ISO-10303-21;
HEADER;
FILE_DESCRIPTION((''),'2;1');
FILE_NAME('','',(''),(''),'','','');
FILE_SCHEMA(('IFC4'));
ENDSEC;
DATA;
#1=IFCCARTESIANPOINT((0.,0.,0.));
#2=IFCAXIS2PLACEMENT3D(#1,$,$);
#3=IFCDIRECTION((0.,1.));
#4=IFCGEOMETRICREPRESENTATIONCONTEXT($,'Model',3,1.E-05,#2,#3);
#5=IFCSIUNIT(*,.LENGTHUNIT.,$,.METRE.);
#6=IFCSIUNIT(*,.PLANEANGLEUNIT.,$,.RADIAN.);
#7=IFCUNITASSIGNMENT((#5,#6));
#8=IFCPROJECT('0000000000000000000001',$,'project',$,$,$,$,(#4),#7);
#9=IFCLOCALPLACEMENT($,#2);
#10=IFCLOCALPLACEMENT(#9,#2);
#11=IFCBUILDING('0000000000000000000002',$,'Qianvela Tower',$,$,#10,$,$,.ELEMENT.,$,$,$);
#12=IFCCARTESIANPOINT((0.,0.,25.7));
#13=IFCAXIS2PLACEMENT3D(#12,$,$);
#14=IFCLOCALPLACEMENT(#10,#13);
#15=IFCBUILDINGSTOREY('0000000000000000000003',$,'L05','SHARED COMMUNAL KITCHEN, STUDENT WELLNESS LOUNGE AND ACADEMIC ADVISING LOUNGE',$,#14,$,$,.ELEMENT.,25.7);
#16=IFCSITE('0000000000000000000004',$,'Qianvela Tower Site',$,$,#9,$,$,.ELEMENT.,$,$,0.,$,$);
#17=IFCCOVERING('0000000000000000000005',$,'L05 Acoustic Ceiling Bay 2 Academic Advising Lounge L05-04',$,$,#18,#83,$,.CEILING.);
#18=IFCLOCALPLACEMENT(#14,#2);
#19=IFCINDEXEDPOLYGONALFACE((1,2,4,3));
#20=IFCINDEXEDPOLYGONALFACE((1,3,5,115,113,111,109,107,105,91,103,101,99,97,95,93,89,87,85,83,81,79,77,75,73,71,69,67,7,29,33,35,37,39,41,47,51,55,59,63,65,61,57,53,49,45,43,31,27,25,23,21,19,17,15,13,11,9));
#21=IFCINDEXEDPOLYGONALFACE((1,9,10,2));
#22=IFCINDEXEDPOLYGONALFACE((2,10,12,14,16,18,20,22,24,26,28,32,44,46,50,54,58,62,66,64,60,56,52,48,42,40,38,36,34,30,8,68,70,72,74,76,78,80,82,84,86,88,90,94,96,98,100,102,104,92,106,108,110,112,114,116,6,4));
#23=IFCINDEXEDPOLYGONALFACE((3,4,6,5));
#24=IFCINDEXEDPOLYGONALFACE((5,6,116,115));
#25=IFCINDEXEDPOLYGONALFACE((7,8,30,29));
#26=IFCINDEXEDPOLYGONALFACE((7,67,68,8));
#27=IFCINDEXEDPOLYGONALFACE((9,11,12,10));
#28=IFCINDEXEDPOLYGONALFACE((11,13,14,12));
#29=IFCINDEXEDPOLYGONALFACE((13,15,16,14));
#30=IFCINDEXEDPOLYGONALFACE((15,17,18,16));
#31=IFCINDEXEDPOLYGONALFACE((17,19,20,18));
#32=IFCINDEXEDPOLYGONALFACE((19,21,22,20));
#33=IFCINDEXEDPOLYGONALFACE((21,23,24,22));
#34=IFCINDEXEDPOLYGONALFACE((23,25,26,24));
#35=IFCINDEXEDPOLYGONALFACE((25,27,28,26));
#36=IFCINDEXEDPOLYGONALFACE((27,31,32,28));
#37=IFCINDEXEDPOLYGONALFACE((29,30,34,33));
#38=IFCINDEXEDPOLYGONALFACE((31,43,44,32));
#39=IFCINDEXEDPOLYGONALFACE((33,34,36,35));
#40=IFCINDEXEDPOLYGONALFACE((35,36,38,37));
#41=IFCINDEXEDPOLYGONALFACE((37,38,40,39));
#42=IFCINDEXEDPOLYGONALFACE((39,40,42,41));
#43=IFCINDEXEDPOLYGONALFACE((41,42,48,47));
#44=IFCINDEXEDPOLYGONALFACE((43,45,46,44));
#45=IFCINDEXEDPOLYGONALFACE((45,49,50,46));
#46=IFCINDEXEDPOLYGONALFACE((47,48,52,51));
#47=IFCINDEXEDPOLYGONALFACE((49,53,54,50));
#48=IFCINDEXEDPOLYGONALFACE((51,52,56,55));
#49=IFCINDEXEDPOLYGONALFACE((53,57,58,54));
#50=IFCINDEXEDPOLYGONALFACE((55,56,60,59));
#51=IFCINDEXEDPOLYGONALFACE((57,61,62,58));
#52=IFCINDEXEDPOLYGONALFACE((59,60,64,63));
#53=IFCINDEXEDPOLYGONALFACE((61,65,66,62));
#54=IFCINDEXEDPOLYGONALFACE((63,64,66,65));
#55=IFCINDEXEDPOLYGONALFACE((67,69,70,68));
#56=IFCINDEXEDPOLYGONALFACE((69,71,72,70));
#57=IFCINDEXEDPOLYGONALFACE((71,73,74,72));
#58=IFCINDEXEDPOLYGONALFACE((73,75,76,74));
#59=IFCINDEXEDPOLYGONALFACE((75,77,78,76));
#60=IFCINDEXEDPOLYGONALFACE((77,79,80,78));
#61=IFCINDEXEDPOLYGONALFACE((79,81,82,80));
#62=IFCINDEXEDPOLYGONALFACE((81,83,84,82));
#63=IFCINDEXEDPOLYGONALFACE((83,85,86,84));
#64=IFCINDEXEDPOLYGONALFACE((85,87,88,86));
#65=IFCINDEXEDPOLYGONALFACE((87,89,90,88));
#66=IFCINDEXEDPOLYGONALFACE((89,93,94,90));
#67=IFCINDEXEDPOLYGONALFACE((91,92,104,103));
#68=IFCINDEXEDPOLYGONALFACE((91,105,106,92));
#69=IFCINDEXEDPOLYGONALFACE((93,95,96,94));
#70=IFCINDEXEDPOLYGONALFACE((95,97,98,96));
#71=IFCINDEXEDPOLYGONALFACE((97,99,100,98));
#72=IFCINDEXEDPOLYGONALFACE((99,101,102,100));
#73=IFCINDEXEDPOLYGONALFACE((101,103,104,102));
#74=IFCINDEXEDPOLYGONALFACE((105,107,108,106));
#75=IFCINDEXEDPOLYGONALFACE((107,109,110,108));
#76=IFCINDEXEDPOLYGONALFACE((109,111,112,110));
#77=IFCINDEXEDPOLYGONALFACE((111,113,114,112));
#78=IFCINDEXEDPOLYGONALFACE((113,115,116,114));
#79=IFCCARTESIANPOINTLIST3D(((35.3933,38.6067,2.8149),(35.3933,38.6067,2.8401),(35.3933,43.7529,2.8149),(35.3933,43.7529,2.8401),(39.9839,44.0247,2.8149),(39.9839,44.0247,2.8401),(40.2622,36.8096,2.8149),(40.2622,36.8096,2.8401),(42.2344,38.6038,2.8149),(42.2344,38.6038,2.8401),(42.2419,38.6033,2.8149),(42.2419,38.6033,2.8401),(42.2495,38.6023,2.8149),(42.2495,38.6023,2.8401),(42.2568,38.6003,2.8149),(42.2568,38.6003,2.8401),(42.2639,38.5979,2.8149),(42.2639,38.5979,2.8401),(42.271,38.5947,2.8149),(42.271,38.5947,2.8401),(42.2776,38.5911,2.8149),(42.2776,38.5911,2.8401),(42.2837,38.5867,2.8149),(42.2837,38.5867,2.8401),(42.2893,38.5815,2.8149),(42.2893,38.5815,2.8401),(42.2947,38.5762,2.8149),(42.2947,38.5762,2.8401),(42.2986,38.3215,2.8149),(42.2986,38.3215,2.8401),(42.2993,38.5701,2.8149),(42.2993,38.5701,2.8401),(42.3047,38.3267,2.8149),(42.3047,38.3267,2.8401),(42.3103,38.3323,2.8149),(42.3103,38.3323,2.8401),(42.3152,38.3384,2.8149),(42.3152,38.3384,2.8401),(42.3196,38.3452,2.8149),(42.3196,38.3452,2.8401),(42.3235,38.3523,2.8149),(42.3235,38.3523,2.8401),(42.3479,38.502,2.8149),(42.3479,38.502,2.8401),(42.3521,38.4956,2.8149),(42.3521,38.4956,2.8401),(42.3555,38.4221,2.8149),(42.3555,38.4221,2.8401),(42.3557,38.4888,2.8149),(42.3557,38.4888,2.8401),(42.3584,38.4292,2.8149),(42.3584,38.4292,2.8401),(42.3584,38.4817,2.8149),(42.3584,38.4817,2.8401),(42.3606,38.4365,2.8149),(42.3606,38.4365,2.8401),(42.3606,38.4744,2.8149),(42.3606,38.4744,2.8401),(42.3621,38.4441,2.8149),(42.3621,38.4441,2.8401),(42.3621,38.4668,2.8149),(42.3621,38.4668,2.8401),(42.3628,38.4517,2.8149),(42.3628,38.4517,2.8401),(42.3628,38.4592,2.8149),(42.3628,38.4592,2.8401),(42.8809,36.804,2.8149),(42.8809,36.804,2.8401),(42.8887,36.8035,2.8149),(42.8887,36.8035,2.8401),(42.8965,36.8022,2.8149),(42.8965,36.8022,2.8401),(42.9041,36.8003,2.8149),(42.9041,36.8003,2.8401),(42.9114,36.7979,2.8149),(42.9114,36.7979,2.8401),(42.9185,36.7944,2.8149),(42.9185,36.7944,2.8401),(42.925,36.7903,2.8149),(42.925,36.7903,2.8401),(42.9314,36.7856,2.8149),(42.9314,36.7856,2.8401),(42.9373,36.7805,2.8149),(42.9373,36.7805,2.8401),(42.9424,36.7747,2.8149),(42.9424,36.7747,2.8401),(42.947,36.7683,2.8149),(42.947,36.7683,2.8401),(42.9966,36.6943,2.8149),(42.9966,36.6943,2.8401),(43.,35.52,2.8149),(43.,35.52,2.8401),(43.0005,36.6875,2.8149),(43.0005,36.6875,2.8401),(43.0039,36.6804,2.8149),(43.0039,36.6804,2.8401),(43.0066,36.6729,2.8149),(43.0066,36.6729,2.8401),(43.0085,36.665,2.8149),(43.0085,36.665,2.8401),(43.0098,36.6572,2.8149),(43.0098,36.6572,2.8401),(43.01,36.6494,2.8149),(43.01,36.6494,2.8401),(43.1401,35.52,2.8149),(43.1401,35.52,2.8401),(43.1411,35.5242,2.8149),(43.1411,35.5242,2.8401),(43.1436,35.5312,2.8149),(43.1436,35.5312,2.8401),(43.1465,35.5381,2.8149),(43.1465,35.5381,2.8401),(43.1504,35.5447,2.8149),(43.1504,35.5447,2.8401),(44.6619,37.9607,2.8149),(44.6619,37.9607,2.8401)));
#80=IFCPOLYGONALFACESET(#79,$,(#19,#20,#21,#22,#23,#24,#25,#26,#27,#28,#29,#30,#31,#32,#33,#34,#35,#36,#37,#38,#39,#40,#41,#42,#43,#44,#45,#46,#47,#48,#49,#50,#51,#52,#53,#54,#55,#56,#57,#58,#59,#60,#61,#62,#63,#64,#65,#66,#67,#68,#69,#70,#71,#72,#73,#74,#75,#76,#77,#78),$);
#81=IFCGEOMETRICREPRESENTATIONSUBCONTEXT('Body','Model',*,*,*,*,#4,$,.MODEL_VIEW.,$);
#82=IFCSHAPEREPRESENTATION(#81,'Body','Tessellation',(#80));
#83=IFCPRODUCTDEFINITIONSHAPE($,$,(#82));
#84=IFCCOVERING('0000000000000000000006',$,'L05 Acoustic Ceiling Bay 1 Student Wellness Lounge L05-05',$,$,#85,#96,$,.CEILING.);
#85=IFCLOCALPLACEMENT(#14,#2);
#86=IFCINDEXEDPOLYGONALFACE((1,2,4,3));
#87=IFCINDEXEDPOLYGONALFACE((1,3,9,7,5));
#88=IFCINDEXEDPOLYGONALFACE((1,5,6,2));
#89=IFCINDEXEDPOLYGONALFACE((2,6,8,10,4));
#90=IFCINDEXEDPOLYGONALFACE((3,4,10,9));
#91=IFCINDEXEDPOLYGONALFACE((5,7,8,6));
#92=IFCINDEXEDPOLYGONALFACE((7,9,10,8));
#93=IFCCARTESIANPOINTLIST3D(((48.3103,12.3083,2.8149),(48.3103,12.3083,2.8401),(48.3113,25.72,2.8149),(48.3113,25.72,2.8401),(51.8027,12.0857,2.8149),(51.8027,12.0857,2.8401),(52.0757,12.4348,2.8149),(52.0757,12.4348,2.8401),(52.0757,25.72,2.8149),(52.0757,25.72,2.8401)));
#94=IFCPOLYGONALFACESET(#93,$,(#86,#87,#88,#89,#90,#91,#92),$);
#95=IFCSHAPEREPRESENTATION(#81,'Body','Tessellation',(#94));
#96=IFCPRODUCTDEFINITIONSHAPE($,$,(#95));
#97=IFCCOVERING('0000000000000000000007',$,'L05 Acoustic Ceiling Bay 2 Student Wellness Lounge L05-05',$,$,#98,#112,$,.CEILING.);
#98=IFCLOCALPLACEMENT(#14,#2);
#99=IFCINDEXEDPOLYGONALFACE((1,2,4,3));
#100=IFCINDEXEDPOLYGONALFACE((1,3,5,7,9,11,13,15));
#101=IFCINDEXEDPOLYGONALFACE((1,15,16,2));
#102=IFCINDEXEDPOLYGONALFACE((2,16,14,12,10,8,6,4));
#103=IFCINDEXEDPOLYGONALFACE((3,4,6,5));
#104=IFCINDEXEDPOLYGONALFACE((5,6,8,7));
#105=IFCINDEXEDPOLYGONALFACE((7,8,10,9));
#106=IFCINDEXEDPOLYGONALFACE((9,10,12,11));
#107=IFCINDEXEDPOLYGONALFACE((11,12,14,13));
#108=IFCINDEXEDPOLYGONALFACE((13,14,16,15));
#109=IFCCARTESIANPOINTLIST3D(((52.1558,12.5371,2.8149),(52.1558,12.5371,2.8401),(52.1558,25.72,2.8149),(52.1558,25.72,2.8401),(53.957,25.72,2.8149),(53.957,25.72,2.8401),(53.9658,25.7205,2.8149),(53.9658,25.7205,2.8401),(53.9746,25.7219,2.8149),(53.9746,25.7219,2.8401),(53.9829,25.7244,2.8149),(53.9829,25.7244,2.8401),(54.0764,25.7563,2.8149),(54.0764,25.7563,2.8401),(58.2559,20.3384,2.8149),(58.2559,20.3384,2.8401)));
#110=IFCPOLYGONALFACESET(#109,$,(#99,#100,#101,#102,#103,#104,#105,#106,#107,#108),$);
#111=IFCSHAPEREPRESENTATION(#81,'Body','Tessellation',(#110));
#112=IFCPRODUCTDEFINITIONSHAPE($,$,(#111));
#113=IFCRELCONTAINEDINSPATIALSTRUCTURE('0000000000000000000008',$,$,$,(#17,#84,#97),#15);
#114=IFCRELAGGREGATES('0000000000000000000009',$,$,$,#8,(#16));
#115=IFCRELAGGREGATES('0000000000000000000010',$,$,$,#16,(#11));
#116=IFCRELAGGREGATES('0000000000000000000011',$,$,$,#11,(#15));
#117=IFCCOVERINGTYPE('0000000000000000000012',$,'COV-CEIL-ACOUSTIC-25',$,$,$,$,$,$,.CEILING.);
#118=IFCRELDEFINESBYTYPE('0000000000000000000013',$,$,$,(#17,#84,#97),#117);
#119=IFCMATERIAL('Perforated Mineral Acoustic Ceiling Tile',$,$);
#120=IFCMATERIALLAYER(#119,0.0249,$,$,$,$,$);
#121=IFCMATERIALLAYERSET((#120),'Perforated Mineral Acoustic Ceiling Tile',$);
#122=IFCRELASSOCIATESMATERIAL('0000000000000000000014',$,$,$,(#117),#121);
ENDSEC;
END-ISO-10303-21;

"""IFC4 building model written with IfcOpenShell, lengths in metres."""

from ifc_helpers import new_model, si_unit, direction, frame, origin, place, context, subcontext, project, spatial, polyline, outline, extrude, material, layer, layer_set, type_object, element, save


model = new_model("IFC4")

# Units and contexts
model_context = context("Model", 3, precision=1e-05, world=origin(), true_north=direction((0.0, 1.0)))
body_context = subcontext(model_context, "Body", "Model", "MODEL_VIEW")
ifc_project = project(units=[si_unit("LENGTHUNIT", "METRE"), si_unit("PLANEANGLEUNIT", "RADIAN")], contexts=[model_context])

# Site, building, storey
site_placement = place(None, origin())
site = spatial("IfcSite", under=ifc_project, at=site_placement, Name="Qianvela Tower Site", CompositionType="ELEMENT", RefElevation=0.0)
building_placement = place(site_placement, origin())
building = spatial("IfcBuilding", under=site, at=building_placement, Name="Qianvela Tower", CompositionType="ELEMENT")
storey_placement = place(building_placement, frame((0.0, 0.0, 25.7)))
storey = spatial("IfcBuildingStorey", under=building, at=storey_placement, Name="L05", Description="SHARED COMMUNAL KITCHEN, STUDENT WELLNESS LOUNGE AND ACADEMIC ADVISING LOUNGE", CompositionType="ELEMENT", Elevation=25.7)

# Coverings
ifc_material_1 = material(Name="Perforated Mineral Acoustic Ceiling Tile")
ifc_layer_1 = layer(ifc_material_1, 0.0249)
ifc_layer_set_1 = layer_set([ifc_layer_1], Name="Perforated Mineral Acoustic Ceiling Tile")
covering_type_1 = type_object("IfcCoveringType", Name="COV-CEIL-ACOUSTIC-25", PredefinedType="CEILING", material=ifc_layer_set_1)
covering_1_placement = place(storey_placement, frame((0.0, 0.0, 2.8149)))
element("IfcCovering", 1, at=covering_1_placement, inside=storey, type_object=covering_type_1, Name="L05 Acoustic Ceiling Bay 2 Academic Advising Lounge L05-04", PredefinedType="CEILING", context=body_context, shape_type="SweptSolid", body=[
    extrude(outline(polyline([(43.0098, 36.6572), (43.0085, 36.665), (43.0066, 36.6729), (43.0039, 36.6804), (43.0005, 36.6875), (42.9966, 36.6943), (42.947, 36.7683), (42.9424, 36.7747), (42.9373, 36.7805), (42.9314, 36.7856), (42.925, 36.7903), (42.9185, 36.7944), (42.9114, 36.7979), (42.9041, 36.8003), (42.8965, 36.8022), (42.8887, 36.8035), (42.8809, 36.804), (40.2622, 36.8096), (42.2986, 38.3215), (42.3047, 38.3267), (42.3103, 38.3323), (42.3152, 38.3384), (42.3196, 38.3452), (42.3235, 38.3523), (42.3555, 38.4221), (42.3584, 38.4292), (42.3606, 38.4365), (42.3621, 38.4441), (42.3628, 38.4517), (42.3628, 38.4592), (42.3621, 38.4668), (42.3606, 38.4744), (42.3584, 38.4817), (42.3557, 38.4888), (42.3521, 38.4956), (42.3479, 38.502), (42.2993, 38.5701), (42.2947, 38.5762), (42.2893, 38.5815), (42.2837, 38.5867), (42.2776, 38.5911), (42.271, 38.5947), (42.2639, 38.5979), (42.2568, 38.6003), (42.2495, 38.6023), (42.2419, 38.6033), (42.2344, 38.6038), (35.3933, 38.6067), (35.3933, 43.7529), (39.9839, 44.0247), (44.6619, 37.9607), (43.1504, 35.5447), (43.1465, 35.5381), (43.1436, 35.5312), (43.1411, 35.5242), (43.1401, 35.52), (43.0, 35.52), (43.01, 36.6494), (43.0098, 36.6572)])), origin(), (0.0, 0.0, 1.0), 0.0251),
])
covering_2_placement = place(storey_placement, frame((0.0, 0.0, 2.8149)))
element("IfcCovering", 2, at=covering_2_placement, inside=storey, type_object=covering_type_1, Name="L05 Acoustic Ceiling Bay 1 Student Wellness Lounge L05-05", PredefinedType="CEILING", context=body_context, shape_type="SweptSolid", body=[
    extrude(outline(polyline([(51.8027, 12.0857), (48.3103, 12.3083), (48.3113, 25.72), (52.0757, 25.72), (52.0757, 12.4348), (51.8027, 12.0857)])), origin(), (0.0, 0.0, 1.0), 0.0251),
])
covering_3_placement = place(storey_placement, frame((0.0, 0.0, 2.8149)))
element("IfcCovering", 3, at=covering_3_placement, inside=storey, type_object=covering_type_1, Name="L05 Acoustic Ceiling Bay 2 Student Wellness Lounge L05-05", PredefinedType="CEILING", context=body_context, shape_type="SweptSolid", body=[
    extrude(outline(polyline([(52.1558, 12.5371), (52.1558, 25.72), (53.957, 25.72), (53.9658, 25.7205), (53.9746, 25.7219), (53.9829, 25.7244), (54.0764, 25.7563), (58.2559, 20.3384), (52.1558, 12.5371)])), origin(), (0.0, 0.0, 1.0), 0.0251),
])

save(model, "model.ifc")
